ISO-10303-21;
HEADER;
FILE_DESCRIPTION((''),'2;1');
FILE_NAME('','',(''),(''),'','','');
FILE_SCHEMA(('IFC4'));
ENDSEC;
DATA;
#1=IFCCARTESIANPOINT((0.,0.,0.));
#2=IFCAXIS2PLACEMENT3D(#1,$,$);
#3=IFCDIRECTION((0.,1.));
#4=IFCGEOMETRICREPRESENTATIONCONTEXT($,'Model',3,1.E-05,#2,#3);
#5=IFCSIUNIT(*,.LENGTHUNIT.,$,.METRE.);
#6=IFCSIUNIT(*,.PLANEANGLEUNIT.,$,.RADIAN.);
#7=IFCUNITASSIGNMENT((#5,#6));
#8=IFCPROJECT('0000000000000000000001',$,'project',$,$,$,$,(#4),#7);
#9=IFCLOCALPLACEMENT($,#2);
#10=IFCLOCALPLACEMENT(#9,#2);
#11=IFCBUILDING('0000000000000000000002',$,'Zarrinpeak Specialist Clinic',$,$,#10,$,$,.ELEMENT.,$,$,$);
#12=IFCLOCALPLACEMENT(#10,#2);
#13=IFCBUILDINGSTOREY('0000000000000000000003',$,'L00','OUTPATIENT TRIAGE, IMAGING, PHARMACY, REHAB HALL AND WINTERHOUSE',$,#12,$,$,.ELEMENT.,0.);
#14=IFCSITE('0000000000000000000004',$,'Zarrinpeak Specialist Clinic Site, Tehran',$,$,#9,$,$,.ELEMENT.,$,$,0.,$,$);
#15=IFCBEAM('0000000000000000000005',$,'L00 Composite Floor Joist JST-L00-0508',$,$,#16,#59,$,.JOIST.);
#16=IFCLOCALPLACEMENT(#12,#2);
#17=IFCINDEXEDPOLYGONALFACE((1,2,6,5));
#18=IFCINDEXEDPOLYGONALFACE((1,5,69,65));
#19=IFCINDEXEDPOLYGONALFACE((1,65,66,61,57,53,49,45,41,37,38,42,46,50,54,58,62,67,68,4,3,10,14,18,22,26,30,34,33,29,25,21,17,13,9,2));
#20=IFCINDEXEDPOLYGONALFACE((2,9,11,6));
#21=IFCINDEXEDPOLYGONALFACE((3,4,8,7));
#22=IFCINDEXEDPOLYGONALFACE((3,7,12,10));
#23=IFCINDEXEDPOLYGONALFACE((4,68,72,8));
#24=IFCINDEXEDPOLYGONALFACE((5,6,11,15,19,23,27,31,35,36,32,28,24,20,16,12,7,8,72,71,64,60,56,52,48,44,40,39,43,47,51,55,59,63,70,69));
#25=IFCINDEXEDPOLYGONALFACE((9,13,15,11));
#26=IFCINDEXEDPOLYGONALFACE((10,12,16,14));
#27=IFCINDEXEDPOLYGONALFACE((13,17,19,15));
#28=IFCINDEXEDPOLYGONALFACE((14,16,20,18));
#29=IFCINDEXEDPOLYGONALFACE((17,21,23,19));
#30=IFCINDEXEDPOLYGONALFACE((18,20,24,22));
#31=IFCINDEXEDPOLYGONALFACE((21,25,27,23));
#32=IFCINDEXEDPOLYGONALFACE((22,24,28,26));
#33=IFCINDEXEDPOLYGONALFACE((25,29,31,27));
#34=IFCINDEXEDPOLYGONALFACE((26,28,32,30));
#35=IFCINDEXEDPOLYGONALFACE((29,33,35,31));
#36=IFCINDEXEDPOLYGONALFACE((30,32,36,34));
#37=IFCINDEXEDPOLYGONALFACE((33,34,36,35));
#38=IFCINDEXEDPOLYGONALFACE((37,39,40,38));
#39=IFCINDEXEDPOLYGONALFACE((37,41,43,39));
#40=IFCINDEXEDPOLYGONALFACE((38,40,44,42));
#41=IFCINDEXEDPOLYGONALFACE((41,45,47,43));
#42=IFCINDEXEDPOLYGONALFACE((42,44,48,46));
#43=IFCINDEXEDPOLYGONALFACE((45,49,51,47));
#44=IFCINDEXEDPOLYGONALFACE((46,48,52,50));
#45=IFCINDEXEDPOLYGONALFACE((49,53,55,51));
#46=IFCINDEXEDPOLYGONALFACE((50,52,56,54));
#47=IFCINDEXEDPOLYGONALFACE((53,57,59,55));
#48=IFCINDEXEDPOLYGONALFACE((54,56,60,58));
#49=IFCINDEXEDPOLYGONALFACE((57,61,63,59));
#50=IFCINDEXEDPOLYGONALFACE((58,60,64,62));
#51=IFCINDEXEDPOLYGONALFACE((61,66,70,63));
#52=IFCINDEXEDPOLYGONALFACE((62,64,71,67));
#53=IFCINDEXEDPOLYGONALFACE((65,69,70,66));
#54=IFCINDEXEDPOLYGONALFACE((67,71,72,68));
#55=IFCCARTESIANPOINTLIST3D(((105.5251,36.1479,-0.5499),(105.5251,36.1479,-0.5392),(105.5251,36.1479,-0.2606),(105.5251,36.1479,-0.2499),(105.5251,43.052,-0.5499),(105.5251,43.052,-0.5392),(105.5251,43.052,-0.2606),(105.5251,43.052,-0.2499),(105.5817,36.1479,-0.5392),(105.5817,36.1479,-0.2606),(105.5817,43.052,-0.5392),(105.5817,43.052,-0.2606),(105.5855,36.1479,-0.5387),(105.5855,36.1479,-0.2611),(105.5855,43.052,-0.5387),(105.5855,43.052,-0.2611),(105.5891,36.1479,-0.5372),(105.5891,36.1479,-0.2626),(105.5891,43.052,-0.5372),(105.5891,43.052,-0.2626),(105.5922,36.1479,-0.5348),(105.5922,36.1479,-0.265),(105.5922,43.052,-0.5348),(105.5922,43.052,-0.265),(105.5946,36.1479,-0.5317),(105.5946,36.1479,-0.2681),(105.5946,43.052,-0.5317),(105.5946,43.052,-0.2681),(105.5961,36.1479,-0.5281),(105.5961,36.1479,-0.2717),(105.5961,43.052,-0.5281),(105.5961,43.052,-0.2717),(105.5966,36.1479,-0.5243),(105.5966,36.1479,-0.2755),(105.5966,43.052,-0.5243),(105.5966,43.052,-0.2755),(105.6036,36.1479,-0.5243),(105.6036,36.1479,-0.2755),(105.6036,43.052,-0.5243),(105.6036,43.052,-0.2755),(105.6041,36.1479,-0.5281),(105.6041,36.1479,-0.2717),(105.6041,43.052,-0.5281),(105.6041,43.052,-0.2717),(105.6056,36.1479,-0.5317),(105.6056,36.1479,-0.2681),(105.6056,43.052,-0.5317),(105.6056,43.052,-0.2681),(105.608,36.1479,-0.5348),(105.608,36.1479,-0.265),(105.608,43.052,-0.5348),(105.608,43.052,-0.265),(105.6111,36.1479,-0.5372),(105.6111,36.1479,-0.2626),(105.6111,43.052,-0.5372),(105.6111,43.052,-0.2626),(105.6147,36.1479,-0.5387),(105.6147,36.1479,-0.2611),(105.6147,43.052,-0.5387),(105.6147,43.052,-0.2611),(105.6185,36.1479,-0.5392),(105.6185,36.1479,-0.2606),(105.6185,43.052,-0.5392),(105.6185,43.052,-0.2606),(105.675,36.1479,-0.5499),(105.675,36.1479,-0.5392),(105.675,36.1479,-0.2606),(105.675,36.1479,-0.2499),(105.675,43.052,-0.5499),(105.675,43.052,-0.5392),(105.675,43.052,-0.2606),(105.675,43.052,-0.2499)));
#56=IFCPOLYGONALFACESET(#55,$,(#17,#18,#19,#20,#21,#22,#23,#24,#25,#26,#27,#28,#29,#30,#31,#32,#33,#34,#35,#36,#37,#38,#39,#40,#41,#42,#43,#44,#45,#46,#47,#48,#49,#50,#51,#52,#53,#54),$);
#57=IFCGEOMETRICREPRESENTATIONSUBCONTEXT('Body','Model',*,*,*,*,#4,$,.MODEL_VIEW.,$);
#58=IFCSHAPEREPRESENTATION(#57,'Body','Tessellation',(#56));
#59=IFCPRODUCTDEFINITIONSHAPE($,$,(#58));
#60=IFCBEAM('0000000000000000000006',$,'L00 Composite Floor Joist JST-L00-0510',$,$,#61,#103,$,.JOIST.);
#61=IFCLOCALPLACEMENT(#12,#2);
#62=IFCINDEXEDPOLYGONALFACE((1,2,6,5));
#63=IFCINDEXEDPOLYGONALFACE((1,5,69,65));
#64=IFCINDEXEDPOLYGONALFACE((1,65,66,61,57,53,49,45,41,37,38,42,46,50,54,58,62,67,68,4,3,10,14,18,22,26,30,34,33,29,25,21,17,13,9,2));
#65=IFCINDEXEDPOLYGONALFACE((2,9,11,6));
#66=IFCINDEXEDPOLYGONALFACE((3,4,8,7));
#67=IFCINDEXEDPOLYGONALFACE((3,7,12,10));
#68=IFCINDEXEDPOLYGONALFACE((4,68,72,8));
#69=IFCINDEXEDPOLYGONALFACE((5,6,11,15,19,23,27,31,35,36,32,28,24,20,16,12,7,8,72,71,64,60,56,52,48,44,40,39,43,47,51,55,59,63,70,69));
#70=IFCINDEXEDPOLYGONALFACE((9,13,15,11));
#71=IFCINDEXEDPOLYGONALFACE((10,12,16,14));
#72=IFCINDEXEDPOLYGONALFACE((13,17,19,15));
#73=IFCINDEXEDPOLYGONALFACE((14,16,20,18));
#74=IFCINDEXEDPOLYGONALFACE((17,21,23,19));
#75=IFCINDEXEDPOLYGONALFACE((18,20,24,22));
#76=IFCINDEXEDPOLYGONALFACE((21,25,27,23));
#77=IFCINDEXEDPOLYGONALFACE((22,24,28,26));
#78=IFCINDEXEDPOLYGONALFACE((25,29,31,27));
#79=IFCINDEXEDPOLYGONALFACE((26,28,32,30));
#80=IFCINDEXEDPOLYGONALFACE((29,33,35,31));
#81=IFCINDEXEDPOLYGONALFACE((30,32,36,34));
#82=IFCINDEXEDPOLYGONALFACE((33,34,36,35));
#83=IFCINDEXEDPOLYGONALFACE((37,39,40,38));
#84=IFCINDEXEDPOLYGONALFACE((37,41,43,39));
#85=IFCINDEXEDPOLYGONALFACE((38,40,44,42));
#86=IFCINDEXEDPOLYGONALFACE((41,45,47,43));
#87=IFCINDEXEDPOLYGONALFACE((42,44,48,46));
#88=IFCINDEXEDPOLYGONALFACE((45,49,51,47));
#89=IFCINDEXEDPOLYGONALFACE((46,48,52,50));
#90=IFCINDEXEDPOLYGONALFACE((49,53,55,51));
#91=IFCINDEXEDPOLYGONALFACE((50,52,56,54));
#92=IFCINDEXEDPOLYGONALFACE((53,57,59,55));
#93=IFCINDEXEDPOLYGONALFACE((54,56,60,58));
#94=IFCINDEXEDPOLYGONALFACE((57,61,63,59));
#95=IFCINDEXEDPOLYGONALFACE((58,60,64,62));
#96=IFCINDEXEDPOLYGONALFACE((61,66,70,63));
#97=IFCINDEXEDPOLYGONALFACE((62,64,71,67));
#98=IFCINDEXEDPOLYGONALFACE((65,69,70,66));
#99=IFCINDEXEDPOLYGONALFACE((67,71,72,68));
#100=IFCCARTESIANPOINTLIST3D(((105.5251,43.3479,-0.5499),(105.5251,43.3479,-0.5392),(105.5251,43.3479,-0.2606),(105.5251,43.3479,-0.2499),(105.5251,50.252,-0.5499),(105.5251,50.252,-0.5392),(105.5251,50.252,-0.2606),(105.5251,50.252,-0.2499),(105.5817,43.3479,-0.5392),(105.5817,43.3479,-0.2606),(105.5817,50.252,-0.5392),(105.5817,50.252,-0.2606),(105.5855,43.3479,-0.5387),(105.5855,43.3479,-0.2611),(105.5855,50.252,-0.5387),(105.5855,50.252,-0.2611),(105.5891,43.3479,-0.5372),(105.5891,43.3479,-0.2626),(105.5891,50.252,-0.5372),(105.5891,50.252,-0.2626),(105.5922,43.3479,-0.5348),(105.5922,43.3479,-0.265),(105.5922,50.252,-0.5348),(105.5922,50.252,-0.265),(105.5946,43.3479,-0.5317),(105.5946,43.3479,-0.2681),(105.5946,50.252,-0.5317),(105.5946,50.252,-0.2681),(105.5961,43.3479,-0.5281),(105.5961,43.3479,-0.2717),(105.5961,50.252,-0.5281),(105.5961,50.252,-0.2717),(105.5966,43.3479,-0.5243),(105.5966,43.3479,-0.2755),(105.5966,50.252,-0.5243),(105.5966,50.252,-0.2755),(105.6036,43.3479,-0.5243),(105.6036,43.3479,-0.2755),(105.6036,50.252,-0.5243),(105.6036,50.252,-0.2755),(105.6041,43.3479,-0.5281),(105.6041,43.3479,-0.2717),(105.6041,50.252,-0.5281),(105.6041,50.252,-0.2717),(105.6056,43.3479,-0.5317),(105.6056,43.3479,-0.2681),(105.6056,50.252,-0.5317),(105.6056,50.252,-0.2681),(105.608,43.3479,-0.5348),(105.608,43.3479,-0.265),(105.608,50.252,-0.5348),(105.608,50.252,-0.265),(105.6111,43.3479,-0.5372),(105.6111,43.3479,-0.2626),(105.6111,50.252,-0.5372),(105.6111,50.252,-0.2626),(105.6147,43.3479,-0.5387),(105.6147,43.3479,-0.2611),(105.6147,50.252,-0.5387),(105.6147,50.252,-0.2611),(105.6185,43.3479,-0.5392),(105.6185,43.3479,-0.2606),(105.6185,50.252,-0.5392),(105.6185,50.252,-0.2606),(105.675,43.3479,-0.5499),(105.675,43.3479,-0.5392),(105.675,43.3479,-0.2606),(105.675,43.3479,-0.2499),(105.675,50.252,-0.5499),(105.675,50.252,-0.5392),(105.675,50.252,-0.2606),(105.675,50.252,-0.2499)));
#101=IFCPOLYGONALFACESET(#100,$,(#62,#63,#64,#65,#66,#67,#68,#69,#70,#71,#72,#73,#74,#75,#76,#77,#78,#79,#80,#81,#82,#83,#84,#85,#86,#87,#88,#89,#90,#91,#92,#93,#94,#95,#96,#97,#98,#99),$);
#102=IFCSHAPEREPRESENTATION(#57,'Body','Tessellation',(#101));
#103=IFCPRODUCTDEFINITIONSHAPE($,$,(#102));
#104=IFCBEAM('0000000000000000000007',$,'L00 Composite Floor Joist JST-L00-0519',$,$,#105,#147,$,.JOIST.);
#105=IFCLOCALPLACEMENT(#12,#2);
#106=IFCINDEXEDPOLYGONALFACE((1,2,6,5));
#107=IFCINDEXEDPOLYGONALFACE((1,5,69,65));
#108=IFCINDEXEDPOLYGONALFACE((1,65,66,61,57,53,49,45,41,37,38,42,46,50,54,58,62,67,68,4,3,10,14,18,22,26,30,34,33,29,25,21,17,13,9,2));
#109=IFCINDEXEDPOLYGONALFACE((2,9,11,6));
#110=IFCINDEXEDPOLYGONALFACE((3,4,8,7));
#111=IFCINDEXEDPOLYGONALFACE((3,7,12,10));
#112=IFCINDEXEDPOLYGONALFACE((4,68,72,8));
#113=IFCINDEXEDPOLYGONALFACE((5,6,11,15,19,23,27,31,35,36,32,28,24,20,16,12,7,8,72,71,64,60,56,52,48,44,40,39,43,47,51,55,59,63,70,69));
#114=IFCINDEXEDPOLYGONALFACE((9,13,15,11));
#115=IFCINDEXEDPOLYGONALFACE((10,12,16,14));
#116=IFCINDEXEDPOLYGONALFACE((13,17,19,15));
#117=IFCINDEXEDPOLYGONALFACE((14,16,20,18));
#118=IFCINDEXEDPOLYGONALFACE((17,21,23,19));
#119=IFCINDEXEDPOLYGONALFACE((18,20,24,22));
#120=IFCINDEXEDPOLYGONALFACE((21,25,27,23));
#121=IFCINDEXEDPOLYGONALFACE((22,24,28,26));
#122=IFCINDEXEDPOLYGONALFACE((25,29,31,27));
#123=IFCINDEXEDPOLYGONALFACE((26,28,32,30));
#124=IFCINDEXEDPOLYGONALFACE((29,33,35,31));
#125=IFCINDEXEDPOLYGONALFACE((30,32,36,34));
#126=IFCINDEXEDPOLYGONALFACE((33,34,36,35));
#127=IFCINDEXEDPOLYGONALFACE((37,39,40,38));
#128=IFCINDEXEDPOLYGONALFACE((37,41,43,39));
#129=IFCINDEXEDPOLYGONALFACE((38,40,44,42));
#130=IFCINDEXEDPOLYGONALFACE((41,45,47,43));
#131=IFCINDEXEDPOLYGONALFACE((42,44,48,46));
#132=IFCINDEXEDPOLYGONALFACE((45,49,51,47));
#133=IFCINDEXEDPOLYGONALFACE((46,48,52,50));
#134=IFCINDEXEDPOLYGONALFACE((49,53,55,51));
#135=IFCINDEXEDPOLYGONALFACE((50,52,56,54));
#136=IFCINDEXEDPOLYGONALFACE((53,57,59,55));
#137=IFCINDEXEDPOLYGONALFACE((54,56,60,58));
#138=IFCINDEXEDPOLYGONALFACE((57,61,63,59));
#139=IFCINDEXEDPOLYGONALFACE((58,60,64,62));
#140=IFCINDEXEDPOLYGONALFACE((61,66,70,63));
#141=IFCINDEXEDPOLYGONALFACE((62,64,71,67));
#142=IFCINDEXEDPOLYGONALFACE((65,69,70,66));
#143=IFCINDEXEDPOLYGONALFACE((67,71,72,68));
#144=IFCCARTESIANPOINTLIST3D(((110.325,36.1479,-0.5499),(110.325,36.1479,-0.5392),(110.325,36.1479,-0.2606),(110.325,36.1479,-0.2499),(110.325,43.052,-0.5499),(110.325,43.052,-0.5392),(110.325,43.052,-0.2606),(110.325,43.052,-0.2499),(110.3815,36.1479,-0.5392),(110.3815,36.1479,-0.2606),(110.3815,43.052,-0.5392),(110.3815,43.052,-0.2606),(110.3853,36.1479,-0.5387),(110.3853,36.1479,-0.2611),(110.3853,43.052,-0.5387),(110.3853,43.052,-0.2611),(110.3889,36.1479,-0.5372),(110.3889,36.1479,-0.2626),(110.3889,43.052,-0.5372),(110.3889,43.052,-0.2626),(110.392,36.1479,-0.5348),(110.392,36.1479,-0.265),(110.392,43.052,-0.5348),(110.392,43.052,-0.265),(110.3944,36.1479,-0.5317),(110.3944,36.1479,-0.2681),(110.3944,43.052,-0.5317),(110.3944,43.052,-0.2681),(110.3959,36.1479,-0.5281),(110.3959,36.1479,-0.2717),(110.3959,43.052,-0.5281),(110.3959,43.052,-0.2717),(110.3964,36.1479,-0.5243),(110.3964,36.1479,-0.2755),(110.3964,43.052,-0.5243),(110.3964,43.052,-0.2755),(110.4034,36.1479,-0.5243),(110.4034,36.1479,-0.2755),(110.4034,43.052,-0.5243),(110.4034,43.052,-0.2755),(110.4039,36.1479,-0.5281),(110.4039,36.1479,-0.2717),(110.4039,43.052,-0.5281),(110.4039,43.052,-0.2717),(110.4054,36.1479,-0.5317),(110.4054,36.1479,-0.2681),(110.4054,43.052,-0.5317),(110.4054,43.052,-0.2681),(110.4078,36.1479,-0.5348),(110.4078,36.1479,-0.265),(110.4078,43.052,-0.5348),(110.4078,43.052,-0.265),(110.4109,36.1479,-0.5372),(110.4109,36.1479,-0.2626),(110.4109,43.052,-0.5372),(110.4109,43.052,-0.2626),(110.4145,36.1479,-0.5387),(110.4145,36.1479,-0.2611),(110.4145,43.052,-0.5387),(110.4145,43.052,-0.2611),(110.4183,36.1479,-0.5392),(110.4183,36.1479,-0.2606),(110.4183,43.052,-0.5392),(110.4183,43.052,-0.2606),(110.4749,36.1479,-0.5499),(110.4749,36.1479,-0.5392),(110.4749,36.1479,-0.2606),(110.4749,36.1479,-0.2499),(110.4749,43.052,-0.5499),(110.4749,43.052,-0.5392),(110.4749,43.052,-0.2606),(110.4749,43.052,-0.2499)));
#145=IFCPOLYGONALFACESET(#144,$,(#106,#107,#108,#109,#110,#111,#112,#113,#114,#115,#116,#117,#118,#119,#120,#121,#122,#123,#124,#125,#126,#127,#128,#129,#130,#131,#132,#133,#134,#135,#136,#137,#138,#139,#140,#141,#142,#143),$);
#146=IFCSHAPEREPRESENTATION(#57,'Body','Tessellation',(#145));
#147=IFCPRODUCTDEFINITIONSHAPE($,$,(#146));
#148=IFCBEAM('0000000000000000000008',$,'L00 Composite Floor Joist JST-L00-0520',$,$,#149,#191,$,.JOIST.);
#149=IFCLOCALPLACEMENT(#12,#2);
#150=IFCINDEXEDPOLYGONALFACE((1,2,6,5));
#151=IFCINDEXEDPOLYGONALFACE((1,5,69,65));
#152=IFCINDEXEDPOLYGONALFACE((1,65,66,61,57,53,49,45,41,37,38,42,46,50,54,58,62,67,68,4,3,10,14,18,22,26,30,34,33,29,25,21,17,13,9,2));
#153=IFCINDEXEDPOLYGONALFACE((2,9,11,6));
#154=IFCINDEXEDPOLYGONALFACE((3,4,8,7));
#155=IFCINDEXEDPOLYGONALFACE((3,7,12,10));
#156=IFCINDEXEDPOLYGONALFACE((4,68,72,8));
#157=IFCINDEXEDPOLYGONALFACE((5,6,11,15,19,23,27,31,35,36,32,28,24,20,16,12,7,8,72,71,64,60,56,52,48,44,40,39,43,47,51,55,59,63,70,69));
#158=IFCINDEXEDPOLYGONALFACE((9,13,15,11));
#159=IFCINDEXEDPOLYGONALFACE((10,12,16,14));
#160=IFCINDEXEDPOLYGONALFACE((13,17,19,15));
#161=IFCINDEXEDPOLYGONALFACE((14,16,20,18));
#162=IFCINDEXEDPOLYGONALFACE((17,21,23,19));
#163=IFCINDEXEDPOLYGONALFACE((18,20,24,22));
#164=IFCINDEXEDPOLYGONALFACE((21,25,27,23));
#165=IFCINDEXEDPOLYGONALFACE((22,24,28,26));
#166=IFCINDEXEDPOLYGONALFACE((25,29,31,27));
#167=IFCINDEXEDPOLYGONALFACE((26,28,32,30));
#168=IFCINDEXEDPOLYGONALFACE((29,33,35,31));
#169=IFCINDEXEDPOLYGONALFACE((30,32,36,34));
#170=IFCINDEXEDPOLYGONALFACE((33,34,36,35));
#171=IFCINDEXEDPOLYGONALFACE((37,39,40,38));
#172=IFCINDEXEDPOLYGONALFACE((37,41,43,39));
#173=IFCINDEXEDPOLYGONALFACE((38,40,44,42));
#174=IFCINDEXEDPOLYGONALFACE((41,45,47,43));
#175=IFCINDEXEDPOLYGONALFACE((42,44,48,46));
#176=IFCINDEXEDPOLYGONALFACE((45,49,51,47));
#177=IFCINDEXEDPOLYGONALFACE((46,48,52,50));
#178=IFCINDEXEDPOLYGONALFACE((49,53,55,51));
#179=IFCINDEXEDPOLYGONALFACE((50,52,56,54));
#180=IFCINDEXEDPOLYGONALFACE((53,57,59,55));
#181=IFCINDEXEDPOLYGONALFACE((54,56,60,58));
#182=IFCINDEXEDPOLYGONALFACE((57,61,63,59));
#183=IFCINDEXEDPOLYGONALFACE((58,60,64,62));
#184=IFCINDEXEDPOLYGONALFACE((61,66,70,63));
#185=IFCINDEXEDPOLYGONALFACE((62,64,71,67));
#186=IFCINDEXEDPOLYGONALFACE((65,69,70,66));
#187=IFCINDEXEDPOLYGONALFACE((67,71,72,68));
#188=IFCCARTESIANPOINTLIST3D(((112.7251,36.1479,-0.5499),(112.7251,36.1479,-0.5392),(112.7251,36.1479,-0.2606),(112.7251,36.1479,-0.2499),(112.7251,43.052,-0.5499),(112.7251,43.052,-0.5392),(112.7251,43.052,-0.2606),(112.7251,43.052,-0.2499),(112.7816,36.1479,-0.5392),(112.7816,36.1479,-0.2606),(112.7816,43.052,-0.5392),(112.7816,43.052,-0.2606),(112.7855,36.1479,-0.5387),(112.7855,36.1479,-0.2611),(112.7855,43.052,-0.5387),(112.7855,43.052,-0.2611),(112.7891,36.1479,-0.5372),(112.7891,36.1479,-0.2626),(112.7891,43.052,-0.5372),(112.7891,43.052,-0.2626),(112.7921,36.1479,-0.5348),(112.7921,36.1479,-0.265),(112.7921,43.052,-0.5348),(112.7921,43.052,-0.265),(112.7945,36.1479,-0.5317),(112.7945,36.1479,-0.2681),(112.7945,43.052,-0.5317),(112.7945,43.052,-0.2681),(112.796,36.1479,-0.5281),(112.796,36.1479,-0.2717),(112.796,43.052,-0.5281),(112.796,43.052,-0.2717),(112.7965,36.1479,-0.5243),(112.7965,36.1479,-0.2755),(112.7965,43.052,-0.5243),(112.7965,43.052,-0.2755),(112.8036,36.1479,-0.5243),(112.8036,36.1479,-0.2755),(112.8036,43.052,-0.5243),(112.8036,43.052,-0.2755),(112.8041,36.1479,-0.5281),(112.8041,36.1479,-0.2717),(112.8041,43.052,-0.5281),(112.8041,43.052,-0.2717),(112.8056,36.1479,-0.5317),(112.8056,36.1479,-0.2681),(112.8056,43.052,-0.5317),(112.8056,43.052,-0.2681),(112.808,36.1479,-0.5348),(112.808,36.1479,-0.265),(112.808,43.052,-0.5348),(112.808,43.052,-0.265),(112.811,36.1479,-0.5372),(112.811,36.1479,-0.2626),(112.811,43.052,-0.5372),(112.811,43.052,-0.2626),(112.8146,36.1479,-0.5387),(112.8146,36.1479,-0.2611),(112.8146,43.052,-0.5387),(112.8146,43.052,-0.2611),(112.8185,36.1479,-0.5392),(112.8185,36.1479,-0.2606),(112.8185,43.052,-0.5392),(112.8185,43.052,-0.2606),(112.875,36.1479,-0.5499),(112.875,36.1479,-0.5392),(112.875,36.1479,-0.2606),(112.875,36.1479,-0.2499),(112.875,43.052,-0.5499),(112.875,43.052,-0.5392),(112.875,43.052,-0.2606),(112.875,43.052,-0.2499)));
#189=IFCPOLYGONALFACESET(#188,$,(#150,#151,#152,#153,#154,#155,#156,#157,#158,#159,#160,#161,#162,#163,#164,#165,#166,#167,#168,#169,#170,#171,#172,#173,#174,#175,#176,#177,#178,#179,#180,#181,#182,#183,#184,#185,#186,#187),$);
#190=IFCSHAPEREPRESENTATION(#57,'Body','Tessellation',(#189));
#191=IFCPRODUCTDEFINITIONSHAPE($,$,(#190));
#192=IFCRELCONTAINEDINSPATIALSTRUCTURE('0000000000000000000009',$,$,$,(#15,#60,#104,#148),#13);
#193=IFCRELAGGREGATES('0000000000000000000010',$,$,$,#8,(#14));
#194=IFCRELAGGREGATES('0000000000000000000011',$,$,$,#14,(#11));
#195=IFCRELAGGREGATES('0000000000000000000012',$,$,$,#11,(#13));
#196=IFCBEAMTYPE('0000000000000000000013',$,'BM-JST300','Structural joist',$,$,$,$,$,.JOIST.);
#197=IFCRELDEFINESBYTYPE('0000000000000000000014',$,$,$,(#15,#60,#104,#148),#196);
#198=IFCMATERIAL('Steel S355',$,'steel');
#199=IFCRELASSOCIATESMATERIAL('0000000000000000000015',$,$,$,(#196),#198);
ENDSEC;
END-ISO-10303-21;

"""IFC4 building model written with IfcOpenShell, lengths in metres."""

from ifc_helpers import new_model, si_unit, direction, frame, origin, origin_2d, place, context, subcontext, project, spatial, i_section, extrude, material, material_profile, profile_set, type_object, element, save


model = new_model("IFC4")

# Units and contexts
model_context = context("Model", 3, precision=1e-05, world=origin(), true_north=direction((0.0, 1.0)))
body_context = subcontext(model_context, "Body", "Model", "MODEL_VIEW")
ifc_project = project(units=[si_unit("LENGTHUNIT", "METRE"), si_unit("PLANEANGLEUNIT", "RADIAN")], contexts=[model_context])

# Site, building, storey
site_placement = place(None, origin())
site = spatial("IfcSite", under=ifc_project, at=site_placement, Name="Zarrinpeak Specialist Clinic Site, Tehran", CompositionType="ELEMENT", RefElevation=0.0)
building_placement = place(site_placement, origin())
building = spatial("IfcBuilding", under=site, at=building_placement, Name="Zarrinpeak Specialist Clinic", CompositionType="ELEMENT")
storey_placement = place(building_placement, origin())
storey = spatial("IfcBuildingStorey", under=building, at=storey_placement, Name="L00", Description="OUTPATIENT TRIAGE, IMAGING, PHARMACY, REHAB HALL AND WINTERHOUSE", CompositionType="ELEMENT", Elevation=0.0)

# Shared definitions
ifc_material_1 = material(Name="Steel S355", Category="steel")

# Beams
ifc_material_profile_1 = material_profile(ifc_material_1, i_section(OverallWidth=0.1499, OverallDepth=0.3, WebThickness=0.0071, FlangeThickness=0.0107, FilletRadius=0.0149, at=origin_2d()), Name="IPE 300")
ifc_profile_set_1 = profile_set([ifc_material_profile_1], Name="Steel S355")
beam_type_1 = type_object("IfcBeamType", Name="BM-JST300", Description="Structural joist", PredefinedType="JOIST", material=ifc_profile_set_1)
for number, where, z_axis, x_axis, name in (
    (1, (105.6001, 36.1479, -0.3999), (0.0, 1.0, 0.0), (-1.0, 0.0, 0.0), "L00 Composite Floor Joist JST-L00-0508"),
    (2, (105.6001, 43.3479, -0.3999), (0.0, 1.0, 0.0), (-1.0, 0.0, 0.0), "L00 Composite Floor Joist JST-L00-0510"),
    (3, (110.3999, 36.1479, -0.3999), (0.0, 1.0, 0.0), (-1.0, 0.0, 0.0), "L00 Composite Floor Joist JST-L00-0519"),
    (4, (112.8, 36.1479, -0.3999), (0.0, 1.0, 0.0), (-1.0, 0.0, 0.0), "L00 Composite Floor Joist JST-L00-0520"),
):
    element("IfcBeam", number, at=place(storey_placement, frame(where, z_axis=z_axis, x_axis=x_axis)), inside=storey, type_object=beam_type_1, Name=name, PredefinedType="JOIST", context=body_context, shape_type="SweptSolid", body=[
        extrude(i_section(OverallWidth=0.1499, OverallDepth=0.3, WebThickness=0.0071, FlangeThickness=0.0107, FilletRadius=0.0149, at=origin_2d()), origin(), (0.0, 0.0, 1.0), 6.9041),
    ])

save(model, "model.ifc")
